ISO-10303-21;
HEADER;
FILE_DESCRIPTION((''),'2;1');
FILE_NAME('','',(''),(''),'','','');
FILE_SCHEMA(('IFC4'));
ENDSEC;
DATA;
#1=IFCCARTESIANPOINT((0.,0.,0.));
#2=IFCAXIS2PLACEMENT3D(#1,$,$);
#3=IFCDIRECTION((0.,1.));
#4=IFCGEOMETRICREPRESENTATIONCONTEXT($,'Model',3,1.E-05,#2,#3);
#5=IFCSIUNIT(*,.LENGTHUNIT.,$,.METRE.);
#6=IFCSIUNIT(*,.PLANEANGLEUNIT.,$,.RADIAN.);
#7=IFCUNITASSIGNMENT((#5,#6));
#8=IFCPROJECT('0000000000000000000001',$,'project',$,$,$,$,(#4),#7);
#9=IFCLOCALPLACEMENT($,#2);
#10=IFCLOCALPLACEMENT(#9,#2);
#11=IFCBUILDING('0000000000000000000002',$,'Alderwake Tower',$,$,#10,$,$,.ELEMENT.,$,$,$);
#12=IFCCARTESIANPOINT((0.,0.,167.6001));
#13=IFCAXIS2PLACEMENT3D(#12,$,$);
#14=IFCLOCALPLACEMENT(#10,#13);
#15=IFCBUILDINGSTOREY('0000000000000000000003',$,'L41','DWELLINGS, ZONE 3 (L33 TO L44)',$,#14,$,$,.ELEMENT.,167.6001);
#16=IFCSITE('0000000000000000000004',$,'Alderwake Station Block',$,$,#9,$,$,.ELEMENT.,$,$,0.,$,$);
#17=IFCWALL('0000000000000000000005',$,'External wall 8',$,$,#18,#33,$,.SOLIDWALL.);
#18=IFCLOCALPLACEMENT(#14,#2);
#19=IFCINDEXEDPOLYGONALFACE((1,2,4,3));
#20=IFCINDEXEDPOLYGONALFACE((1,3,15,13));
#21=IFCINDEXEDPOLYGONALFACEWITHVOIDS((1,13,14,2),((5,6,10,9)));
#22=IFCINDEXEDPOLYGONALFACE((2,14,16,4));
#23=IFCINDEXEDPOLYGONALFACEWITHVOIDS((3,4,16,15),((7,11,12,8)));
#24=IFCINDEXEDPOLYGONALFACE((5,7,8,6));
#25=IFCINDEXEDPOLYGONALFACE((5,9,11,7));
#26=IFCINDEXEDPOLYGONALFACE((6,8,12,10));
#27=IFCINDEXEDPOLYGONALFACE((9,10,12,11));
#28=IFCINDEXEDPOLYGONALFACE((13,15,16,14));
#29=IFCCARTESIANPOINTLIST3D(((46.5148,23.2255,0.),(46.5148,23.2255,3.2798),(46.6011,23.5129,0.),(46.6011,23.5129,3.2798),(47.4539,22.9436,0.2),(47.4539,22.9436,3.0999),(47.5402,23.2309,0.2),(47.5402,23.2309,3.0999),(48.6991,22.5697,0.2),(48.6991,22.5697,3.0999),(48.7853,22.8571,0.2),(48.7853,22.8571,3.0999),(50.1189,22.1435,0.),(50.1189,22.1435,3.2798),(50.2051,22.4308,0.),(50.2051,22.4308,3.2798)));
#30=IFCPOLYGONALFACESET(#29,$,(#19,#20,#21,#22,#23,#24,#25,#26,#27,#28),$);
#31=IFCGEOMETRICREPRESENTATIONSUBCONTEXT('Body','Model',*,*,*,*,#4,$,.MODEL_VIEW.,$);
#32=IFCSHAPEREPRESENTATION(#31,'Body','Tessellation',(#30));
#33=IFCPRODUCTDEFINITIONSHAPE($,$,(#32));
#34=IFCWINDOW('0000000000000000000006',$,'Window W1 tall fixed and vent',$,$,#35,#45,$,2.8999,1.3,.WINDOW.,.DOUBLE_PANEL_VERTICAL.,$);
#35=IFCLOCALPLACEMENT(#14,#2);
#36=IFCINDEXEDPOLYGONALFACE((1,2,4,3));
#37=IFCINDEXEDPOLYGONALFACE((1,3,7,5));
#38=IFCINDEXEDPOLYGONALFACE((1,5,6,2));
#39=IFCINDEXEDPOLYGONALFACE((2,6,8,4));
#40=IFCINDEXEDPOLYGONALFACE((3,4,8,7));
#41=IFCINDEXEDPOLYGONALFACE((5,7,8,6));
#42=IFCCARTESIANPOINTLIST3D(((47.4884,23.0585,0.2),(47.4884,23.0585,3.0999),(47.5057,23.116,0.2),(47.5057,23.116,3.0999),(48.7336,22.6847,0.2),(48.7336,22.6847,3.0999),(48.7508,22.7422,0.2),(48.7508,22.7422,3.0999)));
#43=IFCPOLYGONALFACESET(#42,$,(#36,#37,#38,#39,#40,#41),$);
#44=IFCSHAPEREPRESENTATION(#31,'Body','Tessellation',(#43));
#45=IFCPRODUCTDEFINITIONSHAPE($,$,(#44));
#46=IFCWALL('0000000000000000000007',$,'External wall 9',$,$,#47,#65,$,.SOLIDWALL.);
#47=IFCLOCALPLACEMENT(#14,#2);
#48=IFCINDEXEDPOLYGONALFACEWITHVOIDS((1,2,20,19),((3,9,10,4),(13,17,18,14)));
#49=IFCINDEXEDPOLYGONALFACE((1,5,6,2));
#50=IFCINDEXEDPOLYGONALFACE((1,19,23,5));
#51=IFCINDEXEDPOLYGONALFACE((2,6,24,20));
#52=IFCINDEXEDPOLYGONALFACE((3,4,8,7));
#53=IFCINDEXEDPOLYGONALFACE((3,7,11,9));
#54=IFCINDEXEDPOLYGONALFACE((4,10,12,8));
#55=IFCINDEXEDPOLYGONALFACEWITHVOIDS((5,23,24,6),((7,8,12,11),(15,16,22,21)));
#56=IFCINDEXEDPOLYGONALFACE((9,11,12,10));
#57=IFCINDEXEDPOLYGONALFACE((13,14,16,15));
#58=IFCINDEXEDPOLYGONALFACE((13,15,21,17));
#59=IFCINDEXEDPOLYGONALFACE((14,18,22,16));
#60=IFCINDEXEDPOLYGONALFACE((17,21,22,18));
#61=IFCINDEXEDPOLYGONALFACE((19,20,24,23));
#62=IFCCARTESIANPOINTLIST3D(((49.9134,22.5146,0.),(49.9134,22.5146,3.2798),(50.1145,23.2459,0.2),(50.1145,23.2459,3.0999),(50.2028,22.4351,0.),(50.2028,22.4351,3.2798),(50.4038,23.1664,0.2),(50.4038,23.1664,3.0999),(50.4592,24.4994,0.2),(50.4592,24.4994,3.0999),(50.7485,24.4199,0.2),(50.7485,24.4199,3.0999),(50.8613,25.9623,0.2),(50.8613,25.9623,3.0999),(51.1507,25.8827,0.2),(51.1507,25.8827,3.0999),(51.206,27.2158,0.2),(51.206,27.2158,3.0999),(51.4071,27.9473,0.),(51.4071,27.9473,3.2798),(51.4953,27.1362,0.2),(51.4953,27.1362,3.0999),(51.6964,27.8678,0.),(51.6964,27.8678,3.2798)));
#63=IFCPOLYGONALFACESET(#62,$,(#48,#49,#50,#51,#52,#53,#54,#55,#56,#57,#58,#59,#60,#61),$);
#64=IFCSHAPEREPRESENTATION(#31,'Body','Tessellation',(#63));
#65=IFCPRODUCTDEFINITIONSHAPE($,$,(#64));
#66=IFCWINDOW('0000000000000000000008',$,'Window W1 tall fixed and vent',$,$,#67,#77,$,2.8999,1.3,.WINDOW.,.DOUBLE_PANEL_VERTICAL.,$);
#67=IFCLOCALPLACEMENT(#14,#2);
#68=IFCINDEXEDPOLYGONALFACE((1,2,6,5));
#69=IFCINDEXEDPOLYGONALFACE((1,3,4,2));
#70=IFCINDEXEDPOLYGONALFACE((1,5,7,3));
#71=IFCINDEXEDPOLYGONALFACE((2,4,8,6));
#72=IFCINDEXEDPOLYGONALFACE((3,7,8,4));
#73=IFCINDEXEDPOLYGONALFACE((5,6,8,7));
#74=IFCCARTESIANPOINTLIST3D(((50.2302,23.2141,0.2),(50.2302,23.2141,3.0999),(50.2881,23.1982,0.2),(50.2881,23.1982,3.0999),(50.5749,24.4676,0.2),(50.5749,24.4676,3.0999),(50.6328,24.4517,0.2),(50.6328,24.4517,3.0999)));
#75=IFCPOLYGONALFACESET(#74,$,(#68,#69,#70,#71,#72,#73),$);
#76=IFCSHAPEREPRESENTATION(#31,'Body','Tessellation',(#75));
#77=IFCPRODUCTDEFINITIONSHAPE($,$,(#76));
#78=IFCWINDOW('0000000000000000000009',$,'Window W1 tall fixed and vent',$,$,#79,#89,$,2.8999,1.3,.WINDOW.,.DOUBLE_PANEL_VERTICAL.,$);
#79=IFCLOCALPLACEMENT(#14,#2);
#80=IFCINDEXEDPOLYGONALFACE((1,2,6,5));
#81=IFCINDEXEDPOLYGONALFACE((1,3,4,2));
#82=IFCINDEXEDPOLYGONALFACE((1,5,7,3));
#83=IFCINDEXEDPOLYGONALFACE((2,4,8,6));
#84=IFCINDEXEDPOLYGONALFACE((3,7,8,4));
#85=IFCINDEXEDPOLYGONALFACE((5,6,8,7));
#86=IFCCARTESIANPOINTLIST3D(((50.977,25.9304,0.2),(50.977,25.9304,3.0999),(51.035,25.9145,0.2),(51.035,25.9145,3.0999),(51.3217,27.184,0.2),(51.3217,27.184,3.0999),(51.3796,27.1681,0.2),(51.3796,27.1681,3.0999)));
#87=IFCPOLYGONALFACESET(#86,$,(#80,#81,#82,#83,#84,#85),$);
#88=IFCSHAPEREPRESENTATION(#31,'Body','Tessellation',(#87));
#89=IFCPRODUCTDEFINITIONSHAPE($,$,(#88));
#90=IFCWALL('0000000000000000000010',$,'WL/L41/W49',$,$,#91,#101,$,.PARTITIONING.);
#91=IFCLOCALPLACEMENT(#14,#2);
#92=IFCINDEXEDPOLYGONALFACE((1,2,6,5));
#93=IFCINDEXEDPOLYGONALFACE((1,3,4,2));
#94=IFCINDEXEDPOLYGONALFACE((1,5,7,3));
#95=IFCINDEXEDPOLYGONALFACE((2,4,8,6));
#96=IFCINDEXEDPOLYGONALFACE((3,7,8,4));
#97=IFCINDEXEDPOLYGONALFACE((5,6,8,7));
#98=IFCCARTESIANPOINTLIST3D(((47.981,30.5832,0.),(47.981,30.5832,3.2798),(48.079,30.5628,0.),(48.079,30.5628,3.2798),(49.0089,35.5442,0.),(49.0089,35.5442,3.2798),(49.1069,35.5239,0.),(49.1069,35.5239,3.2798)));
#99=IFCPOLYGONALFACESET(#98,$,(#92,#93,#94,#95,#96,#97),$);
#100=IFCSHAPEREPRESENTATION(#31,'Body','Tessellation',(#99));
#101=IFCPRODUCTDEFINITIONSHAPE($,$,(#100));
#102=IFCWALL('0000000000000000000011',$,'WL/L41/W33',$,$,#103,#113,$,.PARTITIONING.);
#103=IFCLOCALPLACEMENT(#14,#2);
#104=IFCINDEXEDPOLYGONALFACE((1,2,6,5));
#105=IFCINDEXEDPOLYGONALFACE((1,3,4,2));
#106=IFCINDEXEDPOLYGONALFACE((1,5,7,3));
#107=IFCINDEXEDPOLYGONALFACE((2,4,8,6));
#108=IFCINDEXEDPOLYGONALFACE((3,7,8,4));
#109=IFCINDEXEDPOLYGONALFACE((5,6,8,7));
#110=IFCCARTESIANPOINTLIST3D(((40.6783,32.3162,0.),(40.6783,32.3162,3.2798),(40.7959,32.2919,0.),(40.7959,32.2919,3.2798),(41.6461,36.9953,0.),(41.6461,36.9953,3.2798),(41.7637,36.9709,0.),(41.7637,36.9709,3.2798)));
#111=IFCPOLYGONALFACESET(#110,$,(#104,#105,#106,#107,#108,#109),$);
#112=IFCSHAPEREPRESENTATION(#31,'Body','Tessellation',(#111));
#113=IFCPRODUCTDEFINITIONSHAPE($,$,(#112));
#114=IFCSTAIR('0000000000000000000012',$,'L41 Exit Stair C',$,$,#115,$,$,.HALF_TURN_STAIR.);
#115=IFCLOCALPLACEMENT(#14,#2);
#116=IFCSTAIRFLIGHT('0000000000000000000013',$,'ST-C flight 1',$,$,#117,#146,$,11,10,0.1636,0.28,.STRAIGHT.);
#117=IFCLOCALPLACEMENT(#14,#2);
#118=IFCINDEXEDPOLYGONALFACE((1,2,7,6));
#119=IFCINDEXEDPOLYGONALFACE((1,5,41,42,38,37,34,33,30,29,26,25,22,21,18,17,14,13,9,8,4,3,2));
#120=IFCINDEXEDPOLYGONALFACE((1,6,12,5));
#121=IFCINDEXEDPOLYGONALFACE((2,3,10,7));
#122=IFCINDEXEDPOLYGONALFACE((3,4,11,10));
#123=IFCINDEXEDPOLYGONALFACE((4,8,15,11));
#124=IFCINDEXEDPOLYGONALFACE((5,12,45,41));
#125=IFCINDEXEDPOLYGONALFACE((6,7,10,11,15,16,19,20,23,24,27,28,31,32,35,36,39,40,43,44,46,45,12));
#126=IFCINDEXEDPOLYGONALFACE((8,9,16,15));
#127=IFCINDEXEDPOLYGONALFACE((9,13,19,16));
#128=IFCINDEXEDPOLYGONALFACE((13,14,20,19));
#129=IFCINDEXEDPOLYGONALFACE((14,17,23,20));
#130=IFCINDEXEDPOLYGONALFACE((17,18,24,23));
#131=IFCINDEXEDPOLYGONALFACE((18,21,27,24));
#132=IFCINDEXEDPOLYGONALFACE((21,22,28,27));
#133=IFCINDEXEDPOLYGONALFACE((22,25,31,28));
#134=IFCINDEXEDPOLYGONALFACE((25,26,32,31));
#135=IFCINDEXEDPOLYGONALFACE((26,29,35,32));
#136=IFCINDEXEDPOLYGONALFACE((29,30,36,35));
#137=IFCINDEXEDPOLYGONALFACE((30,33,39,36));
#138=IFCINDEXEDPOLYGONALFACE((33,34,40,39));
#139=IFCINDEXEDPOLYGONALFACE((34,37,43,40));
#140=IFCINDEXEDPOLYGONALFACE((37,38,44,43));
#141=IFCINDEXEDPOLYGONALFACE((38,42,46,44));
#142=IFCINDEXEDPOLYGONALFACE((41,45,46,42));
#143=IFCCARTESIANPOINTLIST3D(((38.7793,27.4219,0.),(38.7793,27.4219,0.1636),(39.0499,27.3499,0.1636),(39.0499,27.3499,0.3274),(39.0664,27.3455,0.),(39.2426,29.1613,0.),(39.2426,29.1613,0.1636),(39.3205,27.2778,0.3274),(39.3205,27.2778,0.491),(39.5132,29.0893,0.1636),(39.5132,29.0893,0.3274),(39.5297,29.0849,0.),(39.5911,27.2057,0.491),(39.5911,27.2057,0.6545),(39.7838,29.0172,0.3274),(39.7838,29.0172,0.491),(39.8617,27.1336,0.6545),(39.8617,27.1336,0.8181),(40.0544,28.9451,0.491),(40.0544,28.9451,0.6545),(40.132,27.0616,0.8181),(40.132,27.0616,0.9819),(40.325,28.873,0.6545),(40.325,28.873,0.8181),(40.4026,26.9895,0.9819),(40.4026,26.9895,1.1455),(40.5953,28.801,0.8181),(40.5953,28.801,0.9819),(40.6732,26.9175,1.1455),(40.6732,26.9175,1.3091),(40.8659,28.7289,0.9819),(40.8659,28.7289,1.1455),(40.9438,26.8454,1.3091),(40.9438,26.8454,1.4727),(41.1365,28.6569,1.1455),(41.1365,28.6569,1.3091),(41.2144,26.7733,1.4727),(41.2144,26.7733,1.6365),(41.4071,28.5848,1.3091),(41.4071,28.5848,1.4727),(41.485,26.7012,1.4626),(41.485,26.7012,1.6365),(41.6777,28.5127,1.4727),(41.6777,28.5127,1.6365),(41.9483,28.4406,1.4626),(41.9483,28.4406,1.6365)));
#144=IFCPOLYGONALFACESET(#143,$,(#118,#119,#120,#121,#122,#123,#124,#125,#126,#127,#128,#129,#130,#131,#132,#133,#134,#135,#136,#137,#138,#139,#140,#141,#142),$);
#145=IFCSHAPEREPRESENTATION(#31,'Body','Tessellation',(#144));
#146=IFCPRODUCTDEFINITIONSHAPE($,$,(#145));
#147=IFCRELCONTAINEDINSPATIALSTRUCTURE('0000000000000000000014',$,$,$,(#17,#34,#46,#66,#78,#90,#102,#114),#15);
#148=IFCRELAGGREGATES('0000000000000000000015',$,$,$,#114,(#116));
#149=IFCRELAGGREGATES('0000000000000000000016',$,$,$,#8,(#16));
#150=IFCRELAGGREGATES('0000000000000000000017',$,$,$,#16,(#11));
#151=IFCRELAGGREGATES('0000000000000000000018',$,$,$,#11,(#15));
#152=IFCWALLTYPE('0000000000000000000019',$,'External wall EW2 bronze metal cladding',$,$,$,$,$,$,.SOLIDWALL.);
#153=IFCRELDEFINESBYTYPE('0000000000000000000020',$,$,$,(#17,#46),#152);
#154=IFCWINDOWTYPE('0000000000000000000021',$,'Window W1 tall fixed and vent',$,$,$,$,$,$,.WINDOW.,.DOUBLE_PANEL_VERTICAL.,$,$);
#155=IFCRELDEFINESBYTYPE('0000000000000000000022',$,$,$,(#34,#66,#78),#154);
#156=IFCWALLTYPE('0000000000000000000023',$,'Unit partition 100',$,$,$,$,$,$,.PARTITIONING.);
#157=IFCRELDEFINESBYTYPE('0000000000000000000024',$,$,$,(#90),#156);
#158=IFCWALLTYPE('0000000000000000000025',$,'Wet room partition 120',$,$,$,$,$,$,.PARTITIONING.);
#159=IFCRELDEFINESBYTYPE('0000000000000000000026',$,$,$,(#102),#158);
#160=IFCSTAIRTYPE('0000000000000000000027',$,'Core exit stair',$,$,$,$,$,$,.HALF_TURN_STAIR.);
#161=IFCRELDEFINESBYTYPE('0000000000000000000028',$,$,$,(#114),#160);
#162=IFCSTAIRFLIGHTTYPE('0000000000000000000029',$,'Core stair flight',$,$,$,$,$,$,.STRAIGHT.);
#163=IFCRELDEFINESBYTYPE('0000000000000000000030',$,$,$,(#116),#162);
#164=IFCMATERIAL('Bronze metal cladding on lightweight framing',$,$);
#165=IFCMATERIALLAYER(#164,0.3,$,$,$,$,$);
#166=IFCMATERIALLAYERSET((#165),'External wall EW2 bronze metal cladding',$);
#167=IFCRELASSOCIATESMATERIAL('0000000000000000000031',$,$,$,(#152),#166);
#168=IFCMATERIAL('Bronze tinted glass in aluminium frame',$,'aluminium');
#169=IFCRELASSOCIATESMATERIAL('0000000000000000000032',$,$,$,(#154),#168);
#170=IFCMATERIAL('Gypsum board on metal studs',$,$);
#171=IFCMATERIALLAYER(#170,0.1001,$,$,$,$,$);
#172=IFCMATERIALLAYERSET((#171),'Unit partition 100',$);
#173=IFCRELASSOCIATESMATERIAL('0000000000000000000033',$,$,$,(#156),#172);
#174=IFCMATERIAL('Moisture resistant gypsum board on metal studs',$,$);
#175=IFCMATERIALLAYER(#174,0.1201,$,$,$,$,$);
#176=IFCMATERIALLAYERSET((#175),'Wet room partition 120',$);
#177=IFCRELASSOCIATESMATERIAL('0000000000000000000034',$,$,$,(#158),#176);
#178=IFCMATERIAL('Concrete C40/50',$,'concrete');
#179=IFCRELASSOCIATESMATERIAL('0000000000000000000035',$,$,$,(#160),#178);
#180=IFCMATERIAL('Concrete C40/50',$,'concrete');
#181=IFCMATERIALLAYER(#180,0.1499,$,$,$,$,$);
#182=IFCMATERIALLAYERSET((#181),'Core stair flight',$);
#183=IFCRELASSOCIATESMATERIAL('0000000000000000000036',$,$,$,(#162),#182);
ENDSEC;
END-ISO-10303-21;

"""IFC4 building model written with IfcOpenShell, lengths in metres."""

from ifc_helpers import new_model, si_unit, direction, frame, frame_2d, origin, place, context, subcontext, project, spatial, polyline, rectangle, outline, extrude, material, layer, layer_set, type_object, element, fill, aggregate, save


model = new_model("IFC4")

# Units and contexts
model_context = context("Model", 3, precision=1e-05, world=origin(), true_north=direction((0.0, 1.0)))
body_context = subcontext(model_context, "Body", "Model", "MODEL_VIEW")
ifc_project = project(units=[si_unit("LENGTHUNIT", "METRE"), si_unit("PLANEANGLEUNIT", "RADIAN")], contexts=[model_context])

# Site, building, storey
site_placement = place(None, origin())
site = spatial("IfcSite", under=ifc_project, at=site_placement, Name="Alderwake Station Block", CompositionType="ELEMENT", RefElevation=0.0)
building_placement = place(site_placement, origin())
building = spatial("IfcBuilding", under=site, at=building_placement, Name="Alderwake Tower", CompositionType="ELEMENT")
storey_placement = place(building_placement, frame((0.0, 0.0, 167.6001)))
storey = spatial("IfcBuildingStorey", under=building, at=storey_placement, Name="L41", Description="DWELLINGS, ZONE 3 (L33 TO L44)", CompositionType="ELEMENT", Elevation=167.6001)

# Shared definitions
ifc_material_1 = material(Name="Bronze metal cladding on lightweight framing")
ifc_layer_1 = layer(ifc_material_1, 0.3)
ifc_layer_set_1 = layer_set([ifc_layer_1], Name="External wall EW2 bronze metal cladding")
wall_type_1 = type_object("IfcWallType", Name="External wall EW2 bronze metal cladding", PredefinedType="SOLIDWALL", material=ifc_layer_set_1)
ifc_material_2 = material(Name="Bronze tinted glass in aluminium frame", Category="aluminium")
window_type = type_object("IfcWindowType", Name="Window W1 tall fixed and vent", PartitioningType="DOUBLE_PANEL_VERTICAL", PredefinedType="WINDOW", material=ifc_material_2)

# Wall, opening, window
wall_1_placement = place(storey_placement, frame((46.5581, 23.3691, 0.0), z_axis=(0.0, 0.0, 1.0), x_axis=(0.957766, -0.28755, 0.0)))
wall_1 = element("IfcWall", 1, at=wall_1_placement, inside=storey, type_object=wall_type_1, Name="External wall 8", PredefinedType="SOLIDWALL", context=body_context, shape_type="SweptSolid", body=[
    extrude(rectangle(XDim=3.7629, YDim=0.3, at=frame_2d((1.8813, 0.0))), origin(), (0.0, 0.0, 1.0), 3.2798),
])
opening_1_placement = place(wall_1_placement, frame((0.9805, 0.0, 0.2)))
opening_1 = element("IfcOpeningElement", 2, at=opening_1_placement, cuts=wall_1, PredefinedType="OPENING", context=body_context, shape_type="SweptSolid", body=[
    extrude(rectangle(XDim=1.3, YDim=2.8999, at=frame_2d((0.6499, 1.45))), frame((0.0, 0.1599, 0.0), z_axis=(0.0, -1.0, 0.0), x_axis=(1.0, 0.0, 0.0)), (0.0, 0.0, 1.0), 0.3201),
])
window_1_placement = place(opening_1_placement, origin())
window_1 = element("IfcWindow", 3, at=window_1_placement, inside=storey, type_object=window_type, Name="Window W1 tall fixed and vent", OverallHeight=2.8999, OverallWidth=1.3, PartitioningType="DOUBLE_PANEL_VERTICAL", PredefinedType="WINDOW", context=body_context, shape_type="SweptSolid", body=[
    extrude(rectangle(XDim=1.3, YDim=2.8999, at=frame_2d((0.6499, 1.45))), frame((0.0, 0.03, 0.0), z_axis=(0.0, -1.0, 0.0), x_axis=(1.0, 0.0, 0.0)), (0.0, 0.0, 1.0), 0.0601),
])
fill(opening_1, window_1)

# Wall, openings, windows
wall_2_placement = place(storey_placement, frame((50.0581, 22.4749, 0.0), z_axis=(0.0, 0.0, 1.0), x_axis=(0.265104, 0.96422, 0.0)))
wall_2 = element("IfcWall", 4, at=wall_2_placement, inside=storey, type_object=wall_type_1, Name="External wall 9", PredefinedType="SOLIDWALL", context=body_context, shape_type="SweptSolid", body=[
    extrude(rectangle(XDim=5.6343, YDim=0.3, at=frame_2d((2.8171, 0.0))), origin(), (0.0, 0.0, 1.0), 3.2798),
])
opening_2_placement = place(wall_2_placement, frame((0.7585, 0.0, 0.2)))
opening_2 = element("IfcOpeningElement", 5, at=opening_2_placement, cuts=wall_2, PredefinedType="OPENING", context=body_context, shape_type="SweptSolid", body=[
    extrude(rectangle(XDim=1.3, YDim=2.8999, at=frame_2d((0.6499, 1.45))), frame((0.0, 0.1599, 0.0), z_axis=(0.0, -1.0, 0.0), x_axis=(1.0, 0.0, 0.0)), (0.0, 0.0, 1.0), 0.3201),
])
opening_3_placement = place(wall_2_placement, frame((3.5757, 0.0, 0.2)))
opening_3 = element("IfcOpeningElement", 6, at=opening_3_placement, cuts=wall_2, PredefinedType="OPENING", context=body_context, shape_type="SweptSolid", body=[
    extrude(rectangle(XDim=1.3, YDim=2.8999, at=frame_2d((0.6499, 1.45))), frame((0.0, 0.1599, 0.0), z_axis=(0.0, -1.0, 0.0), x_axis=(1.0, 0.0, 0.0)), (0.0, 0.0, 1.0), 0.3201),
])
window_2_placement = place(opening_2_placement, origin())
window_2 = element("IfcWindow", 7, at=window_2_placement, inside=storey, type_object=window_type, Name="Window W1 tall fixed and vent", OverallHeight=2.8999, OverallWidth=1.3, PartitioningType="DOUBLE_PANEL_VERTICAL", PredefinedType="WINDOW", context=body_context, shape_type="SweptSolid", body=[
    extrude(rectangle(XDim=1.3, YDim=2.8999, at=frame_2d((0.6499, 1.45))), frame((0.0, 0.03, 0.0), z_axis=(0.0, -1.0, 0.0), x_axis=(1.0, 0.0, 0.0)), (0.0, 0.0, 1.0), 0.0601),
])
fill(opening_2, window_2)
window_3_placement = place(opening_3_placement, origin())
window_3 = element("IfcWindow", 8, at=window_3_placement, inside=storey, type_object=window_type, Name="Window W1 tall fixed and vent", OverallHeight=2.8999, OverallWidth=1.3, PartitioningType="DOUBLE_PANEL_VERTICAL", PredefinedType="WINDOW", context=body_context, shape_type="SweptSolid", body=[
    extrude(rectangle(XDim=1.3, YDim=2.8999, at=frame_2d((0.6499, 1.45))), frame((0.0, 0.03, 0.0), z_axis=(0.0, -1.0, 0.0), x_axis=(1.0, 0.0, 0.0)), (0.0, 0.0, 1.0), 0.0601),
])
fill(opening_3, window_3)

# Walls
ifc_material_3 = material(Name="Gypsum board on metal studs")
ifc_layer_2 = layer(ifc_material_3, 0.1001)
ifc_layer_set_2 = layer_set([ifc_layer_2], Name="Unit partition 100")
wall_type_2 = type_object("IfcWallType", Name="Unit partition 100", PredefinedType="PARTITIONING", material=ifc_layer_set_2)
wall_3_placement = place(storey_placement, frame((48.03, 30.573, 0.0), z_axis=(0.0, 0.0, 1.0), x_axis=(0.202876, 0.979204, 0.0)))
element("IfcWall", 9, at=wall_3_placement, inside=storey, type_object=wall_type_2, Name="WL/L41/W49", PredefinedType="PARTITIONING", context=body_context, shape_type="SweptSolid", body=[
    extrude(rectangle(XDim=5.0664, YDim=0.1001, at=frame_2d((2.5332, 0.0))), origin(), (0.0, 0.0, 1.0), 3.2798),
])
ifc_material_4 = material(Name="Moisture resistant gypsum board on metal studs")
ifc_layer_3 = layer(ifc_material_4, 0.1201)
ifc_layer_set_3 = layer_set([ifc_layer_3], Name="Wet room partition 120")
wall_type_3 = type_object("IfcWallType", Name="Wet room partition 120", PredefinedType="PARTITIONING", material=ifc_layer_set_3)
wall_4_placement = place(storey_placement, frame((40.7371, 32.304, 0.0), z_axis=(0.0, 0.0, 1.0), x_axis=(0.202548, 0.979272, 0.0)))
element("IfcWall", 10, at=wall_4_placement, inside=storey, type_object=wall_type_3, Name="WL/L41/W33", PredefinedType="PARTITIONING", context=body_context, shape_type="SweptSolid", body=[
    extrude(rectangle(XDim=4.7781, YDim=0.1201, at=frame_2d((2.3892, 0.0))), origin(), (0.0, 0.0, 1.0), 3.2798),
])

# Stair, stair flight
ifc_material_5 = material(Name="Concrete C40/50", Category="concrete")
stair_type = type_object("IfcStairType", Name="Core exit stair", PredefinedType="HALF_TURN_STAIR", material=ifc_material_5)
stair_placement = place(storey_placement, origin())
stair = element("IfcStair", 11, at=stair_placement, inside=storey, type_object=stair_type, Name="L41 Exit Stair C", PredefinedType="HALF_TURN_STAIR")
ifc_material_6 = material(Name="Concrete C40/50", Category="concrete")
ifc_layer_4 = layer(ifc_material_6, 0.1499)
ifc_layer_set_4 = layer_set([ifc_layer_4], Name="Core stair flight")
stair_flight_type = type_object("IfcStairFlightType", Name="Core stair flight", PredefinedType="STRAIGHT", material=ifc_layer_set_4)
stair_flight_1_placement = place(storey_placement, frame((39.011, 28.2917, 0.0), z_axis=(0.0, 0.0, 1.0), x_axis=(0.96631, -0.257382, 0.0)))
stair_flight_1 = element("IfcStairFlight", 12, at=stair_flight_1_placement, type_object=stair_flight_type, Name="ST-C flight 1", NumberOfRisers=11, NumberOfTreads=10, PredefinedType="STRAIGHT", RiserHeight=0.1636, TreadLength=0.28, context=body_context, shape_type="SweptSolid", body=[
    extrude(outline(polyline([(0.0, 0.0), (0.0, 0.1636), (0.28, 0.1636), (0.28, 0.3274), (0.5601, 0.3274), (0.5601, 0.491), (0.8401, 0.491), (0.8401, 0.6545), (1.1201, 0.6545), (1.1201, 0.8181), (1.3999, 0.8181), (1.3999, 0.9819), (1.6799, 0.9819), (1.6799, 1.1455), (1.96, 1.1455), (1.96, 1.3091), (2.24, 1.3091), (2.24, 1.4727), (2.52, 1.4727), (2.52, 1.6365), (2.8, 1.6365), (2.8, 1.8), (2.8, 1.4626), (0.2971, 0.0), (0.0, 0.0)])), frame((0.0, 0.8999, 0.0), z_axis=(0.0, -1.0, 0.0), x_axis=(1.0, 0.0, 0.0)), (0.0, 0.0, 1.0), 1.8),
])
aggregate(stair, [stair_flight_1])

save(model, "model.ifc")
